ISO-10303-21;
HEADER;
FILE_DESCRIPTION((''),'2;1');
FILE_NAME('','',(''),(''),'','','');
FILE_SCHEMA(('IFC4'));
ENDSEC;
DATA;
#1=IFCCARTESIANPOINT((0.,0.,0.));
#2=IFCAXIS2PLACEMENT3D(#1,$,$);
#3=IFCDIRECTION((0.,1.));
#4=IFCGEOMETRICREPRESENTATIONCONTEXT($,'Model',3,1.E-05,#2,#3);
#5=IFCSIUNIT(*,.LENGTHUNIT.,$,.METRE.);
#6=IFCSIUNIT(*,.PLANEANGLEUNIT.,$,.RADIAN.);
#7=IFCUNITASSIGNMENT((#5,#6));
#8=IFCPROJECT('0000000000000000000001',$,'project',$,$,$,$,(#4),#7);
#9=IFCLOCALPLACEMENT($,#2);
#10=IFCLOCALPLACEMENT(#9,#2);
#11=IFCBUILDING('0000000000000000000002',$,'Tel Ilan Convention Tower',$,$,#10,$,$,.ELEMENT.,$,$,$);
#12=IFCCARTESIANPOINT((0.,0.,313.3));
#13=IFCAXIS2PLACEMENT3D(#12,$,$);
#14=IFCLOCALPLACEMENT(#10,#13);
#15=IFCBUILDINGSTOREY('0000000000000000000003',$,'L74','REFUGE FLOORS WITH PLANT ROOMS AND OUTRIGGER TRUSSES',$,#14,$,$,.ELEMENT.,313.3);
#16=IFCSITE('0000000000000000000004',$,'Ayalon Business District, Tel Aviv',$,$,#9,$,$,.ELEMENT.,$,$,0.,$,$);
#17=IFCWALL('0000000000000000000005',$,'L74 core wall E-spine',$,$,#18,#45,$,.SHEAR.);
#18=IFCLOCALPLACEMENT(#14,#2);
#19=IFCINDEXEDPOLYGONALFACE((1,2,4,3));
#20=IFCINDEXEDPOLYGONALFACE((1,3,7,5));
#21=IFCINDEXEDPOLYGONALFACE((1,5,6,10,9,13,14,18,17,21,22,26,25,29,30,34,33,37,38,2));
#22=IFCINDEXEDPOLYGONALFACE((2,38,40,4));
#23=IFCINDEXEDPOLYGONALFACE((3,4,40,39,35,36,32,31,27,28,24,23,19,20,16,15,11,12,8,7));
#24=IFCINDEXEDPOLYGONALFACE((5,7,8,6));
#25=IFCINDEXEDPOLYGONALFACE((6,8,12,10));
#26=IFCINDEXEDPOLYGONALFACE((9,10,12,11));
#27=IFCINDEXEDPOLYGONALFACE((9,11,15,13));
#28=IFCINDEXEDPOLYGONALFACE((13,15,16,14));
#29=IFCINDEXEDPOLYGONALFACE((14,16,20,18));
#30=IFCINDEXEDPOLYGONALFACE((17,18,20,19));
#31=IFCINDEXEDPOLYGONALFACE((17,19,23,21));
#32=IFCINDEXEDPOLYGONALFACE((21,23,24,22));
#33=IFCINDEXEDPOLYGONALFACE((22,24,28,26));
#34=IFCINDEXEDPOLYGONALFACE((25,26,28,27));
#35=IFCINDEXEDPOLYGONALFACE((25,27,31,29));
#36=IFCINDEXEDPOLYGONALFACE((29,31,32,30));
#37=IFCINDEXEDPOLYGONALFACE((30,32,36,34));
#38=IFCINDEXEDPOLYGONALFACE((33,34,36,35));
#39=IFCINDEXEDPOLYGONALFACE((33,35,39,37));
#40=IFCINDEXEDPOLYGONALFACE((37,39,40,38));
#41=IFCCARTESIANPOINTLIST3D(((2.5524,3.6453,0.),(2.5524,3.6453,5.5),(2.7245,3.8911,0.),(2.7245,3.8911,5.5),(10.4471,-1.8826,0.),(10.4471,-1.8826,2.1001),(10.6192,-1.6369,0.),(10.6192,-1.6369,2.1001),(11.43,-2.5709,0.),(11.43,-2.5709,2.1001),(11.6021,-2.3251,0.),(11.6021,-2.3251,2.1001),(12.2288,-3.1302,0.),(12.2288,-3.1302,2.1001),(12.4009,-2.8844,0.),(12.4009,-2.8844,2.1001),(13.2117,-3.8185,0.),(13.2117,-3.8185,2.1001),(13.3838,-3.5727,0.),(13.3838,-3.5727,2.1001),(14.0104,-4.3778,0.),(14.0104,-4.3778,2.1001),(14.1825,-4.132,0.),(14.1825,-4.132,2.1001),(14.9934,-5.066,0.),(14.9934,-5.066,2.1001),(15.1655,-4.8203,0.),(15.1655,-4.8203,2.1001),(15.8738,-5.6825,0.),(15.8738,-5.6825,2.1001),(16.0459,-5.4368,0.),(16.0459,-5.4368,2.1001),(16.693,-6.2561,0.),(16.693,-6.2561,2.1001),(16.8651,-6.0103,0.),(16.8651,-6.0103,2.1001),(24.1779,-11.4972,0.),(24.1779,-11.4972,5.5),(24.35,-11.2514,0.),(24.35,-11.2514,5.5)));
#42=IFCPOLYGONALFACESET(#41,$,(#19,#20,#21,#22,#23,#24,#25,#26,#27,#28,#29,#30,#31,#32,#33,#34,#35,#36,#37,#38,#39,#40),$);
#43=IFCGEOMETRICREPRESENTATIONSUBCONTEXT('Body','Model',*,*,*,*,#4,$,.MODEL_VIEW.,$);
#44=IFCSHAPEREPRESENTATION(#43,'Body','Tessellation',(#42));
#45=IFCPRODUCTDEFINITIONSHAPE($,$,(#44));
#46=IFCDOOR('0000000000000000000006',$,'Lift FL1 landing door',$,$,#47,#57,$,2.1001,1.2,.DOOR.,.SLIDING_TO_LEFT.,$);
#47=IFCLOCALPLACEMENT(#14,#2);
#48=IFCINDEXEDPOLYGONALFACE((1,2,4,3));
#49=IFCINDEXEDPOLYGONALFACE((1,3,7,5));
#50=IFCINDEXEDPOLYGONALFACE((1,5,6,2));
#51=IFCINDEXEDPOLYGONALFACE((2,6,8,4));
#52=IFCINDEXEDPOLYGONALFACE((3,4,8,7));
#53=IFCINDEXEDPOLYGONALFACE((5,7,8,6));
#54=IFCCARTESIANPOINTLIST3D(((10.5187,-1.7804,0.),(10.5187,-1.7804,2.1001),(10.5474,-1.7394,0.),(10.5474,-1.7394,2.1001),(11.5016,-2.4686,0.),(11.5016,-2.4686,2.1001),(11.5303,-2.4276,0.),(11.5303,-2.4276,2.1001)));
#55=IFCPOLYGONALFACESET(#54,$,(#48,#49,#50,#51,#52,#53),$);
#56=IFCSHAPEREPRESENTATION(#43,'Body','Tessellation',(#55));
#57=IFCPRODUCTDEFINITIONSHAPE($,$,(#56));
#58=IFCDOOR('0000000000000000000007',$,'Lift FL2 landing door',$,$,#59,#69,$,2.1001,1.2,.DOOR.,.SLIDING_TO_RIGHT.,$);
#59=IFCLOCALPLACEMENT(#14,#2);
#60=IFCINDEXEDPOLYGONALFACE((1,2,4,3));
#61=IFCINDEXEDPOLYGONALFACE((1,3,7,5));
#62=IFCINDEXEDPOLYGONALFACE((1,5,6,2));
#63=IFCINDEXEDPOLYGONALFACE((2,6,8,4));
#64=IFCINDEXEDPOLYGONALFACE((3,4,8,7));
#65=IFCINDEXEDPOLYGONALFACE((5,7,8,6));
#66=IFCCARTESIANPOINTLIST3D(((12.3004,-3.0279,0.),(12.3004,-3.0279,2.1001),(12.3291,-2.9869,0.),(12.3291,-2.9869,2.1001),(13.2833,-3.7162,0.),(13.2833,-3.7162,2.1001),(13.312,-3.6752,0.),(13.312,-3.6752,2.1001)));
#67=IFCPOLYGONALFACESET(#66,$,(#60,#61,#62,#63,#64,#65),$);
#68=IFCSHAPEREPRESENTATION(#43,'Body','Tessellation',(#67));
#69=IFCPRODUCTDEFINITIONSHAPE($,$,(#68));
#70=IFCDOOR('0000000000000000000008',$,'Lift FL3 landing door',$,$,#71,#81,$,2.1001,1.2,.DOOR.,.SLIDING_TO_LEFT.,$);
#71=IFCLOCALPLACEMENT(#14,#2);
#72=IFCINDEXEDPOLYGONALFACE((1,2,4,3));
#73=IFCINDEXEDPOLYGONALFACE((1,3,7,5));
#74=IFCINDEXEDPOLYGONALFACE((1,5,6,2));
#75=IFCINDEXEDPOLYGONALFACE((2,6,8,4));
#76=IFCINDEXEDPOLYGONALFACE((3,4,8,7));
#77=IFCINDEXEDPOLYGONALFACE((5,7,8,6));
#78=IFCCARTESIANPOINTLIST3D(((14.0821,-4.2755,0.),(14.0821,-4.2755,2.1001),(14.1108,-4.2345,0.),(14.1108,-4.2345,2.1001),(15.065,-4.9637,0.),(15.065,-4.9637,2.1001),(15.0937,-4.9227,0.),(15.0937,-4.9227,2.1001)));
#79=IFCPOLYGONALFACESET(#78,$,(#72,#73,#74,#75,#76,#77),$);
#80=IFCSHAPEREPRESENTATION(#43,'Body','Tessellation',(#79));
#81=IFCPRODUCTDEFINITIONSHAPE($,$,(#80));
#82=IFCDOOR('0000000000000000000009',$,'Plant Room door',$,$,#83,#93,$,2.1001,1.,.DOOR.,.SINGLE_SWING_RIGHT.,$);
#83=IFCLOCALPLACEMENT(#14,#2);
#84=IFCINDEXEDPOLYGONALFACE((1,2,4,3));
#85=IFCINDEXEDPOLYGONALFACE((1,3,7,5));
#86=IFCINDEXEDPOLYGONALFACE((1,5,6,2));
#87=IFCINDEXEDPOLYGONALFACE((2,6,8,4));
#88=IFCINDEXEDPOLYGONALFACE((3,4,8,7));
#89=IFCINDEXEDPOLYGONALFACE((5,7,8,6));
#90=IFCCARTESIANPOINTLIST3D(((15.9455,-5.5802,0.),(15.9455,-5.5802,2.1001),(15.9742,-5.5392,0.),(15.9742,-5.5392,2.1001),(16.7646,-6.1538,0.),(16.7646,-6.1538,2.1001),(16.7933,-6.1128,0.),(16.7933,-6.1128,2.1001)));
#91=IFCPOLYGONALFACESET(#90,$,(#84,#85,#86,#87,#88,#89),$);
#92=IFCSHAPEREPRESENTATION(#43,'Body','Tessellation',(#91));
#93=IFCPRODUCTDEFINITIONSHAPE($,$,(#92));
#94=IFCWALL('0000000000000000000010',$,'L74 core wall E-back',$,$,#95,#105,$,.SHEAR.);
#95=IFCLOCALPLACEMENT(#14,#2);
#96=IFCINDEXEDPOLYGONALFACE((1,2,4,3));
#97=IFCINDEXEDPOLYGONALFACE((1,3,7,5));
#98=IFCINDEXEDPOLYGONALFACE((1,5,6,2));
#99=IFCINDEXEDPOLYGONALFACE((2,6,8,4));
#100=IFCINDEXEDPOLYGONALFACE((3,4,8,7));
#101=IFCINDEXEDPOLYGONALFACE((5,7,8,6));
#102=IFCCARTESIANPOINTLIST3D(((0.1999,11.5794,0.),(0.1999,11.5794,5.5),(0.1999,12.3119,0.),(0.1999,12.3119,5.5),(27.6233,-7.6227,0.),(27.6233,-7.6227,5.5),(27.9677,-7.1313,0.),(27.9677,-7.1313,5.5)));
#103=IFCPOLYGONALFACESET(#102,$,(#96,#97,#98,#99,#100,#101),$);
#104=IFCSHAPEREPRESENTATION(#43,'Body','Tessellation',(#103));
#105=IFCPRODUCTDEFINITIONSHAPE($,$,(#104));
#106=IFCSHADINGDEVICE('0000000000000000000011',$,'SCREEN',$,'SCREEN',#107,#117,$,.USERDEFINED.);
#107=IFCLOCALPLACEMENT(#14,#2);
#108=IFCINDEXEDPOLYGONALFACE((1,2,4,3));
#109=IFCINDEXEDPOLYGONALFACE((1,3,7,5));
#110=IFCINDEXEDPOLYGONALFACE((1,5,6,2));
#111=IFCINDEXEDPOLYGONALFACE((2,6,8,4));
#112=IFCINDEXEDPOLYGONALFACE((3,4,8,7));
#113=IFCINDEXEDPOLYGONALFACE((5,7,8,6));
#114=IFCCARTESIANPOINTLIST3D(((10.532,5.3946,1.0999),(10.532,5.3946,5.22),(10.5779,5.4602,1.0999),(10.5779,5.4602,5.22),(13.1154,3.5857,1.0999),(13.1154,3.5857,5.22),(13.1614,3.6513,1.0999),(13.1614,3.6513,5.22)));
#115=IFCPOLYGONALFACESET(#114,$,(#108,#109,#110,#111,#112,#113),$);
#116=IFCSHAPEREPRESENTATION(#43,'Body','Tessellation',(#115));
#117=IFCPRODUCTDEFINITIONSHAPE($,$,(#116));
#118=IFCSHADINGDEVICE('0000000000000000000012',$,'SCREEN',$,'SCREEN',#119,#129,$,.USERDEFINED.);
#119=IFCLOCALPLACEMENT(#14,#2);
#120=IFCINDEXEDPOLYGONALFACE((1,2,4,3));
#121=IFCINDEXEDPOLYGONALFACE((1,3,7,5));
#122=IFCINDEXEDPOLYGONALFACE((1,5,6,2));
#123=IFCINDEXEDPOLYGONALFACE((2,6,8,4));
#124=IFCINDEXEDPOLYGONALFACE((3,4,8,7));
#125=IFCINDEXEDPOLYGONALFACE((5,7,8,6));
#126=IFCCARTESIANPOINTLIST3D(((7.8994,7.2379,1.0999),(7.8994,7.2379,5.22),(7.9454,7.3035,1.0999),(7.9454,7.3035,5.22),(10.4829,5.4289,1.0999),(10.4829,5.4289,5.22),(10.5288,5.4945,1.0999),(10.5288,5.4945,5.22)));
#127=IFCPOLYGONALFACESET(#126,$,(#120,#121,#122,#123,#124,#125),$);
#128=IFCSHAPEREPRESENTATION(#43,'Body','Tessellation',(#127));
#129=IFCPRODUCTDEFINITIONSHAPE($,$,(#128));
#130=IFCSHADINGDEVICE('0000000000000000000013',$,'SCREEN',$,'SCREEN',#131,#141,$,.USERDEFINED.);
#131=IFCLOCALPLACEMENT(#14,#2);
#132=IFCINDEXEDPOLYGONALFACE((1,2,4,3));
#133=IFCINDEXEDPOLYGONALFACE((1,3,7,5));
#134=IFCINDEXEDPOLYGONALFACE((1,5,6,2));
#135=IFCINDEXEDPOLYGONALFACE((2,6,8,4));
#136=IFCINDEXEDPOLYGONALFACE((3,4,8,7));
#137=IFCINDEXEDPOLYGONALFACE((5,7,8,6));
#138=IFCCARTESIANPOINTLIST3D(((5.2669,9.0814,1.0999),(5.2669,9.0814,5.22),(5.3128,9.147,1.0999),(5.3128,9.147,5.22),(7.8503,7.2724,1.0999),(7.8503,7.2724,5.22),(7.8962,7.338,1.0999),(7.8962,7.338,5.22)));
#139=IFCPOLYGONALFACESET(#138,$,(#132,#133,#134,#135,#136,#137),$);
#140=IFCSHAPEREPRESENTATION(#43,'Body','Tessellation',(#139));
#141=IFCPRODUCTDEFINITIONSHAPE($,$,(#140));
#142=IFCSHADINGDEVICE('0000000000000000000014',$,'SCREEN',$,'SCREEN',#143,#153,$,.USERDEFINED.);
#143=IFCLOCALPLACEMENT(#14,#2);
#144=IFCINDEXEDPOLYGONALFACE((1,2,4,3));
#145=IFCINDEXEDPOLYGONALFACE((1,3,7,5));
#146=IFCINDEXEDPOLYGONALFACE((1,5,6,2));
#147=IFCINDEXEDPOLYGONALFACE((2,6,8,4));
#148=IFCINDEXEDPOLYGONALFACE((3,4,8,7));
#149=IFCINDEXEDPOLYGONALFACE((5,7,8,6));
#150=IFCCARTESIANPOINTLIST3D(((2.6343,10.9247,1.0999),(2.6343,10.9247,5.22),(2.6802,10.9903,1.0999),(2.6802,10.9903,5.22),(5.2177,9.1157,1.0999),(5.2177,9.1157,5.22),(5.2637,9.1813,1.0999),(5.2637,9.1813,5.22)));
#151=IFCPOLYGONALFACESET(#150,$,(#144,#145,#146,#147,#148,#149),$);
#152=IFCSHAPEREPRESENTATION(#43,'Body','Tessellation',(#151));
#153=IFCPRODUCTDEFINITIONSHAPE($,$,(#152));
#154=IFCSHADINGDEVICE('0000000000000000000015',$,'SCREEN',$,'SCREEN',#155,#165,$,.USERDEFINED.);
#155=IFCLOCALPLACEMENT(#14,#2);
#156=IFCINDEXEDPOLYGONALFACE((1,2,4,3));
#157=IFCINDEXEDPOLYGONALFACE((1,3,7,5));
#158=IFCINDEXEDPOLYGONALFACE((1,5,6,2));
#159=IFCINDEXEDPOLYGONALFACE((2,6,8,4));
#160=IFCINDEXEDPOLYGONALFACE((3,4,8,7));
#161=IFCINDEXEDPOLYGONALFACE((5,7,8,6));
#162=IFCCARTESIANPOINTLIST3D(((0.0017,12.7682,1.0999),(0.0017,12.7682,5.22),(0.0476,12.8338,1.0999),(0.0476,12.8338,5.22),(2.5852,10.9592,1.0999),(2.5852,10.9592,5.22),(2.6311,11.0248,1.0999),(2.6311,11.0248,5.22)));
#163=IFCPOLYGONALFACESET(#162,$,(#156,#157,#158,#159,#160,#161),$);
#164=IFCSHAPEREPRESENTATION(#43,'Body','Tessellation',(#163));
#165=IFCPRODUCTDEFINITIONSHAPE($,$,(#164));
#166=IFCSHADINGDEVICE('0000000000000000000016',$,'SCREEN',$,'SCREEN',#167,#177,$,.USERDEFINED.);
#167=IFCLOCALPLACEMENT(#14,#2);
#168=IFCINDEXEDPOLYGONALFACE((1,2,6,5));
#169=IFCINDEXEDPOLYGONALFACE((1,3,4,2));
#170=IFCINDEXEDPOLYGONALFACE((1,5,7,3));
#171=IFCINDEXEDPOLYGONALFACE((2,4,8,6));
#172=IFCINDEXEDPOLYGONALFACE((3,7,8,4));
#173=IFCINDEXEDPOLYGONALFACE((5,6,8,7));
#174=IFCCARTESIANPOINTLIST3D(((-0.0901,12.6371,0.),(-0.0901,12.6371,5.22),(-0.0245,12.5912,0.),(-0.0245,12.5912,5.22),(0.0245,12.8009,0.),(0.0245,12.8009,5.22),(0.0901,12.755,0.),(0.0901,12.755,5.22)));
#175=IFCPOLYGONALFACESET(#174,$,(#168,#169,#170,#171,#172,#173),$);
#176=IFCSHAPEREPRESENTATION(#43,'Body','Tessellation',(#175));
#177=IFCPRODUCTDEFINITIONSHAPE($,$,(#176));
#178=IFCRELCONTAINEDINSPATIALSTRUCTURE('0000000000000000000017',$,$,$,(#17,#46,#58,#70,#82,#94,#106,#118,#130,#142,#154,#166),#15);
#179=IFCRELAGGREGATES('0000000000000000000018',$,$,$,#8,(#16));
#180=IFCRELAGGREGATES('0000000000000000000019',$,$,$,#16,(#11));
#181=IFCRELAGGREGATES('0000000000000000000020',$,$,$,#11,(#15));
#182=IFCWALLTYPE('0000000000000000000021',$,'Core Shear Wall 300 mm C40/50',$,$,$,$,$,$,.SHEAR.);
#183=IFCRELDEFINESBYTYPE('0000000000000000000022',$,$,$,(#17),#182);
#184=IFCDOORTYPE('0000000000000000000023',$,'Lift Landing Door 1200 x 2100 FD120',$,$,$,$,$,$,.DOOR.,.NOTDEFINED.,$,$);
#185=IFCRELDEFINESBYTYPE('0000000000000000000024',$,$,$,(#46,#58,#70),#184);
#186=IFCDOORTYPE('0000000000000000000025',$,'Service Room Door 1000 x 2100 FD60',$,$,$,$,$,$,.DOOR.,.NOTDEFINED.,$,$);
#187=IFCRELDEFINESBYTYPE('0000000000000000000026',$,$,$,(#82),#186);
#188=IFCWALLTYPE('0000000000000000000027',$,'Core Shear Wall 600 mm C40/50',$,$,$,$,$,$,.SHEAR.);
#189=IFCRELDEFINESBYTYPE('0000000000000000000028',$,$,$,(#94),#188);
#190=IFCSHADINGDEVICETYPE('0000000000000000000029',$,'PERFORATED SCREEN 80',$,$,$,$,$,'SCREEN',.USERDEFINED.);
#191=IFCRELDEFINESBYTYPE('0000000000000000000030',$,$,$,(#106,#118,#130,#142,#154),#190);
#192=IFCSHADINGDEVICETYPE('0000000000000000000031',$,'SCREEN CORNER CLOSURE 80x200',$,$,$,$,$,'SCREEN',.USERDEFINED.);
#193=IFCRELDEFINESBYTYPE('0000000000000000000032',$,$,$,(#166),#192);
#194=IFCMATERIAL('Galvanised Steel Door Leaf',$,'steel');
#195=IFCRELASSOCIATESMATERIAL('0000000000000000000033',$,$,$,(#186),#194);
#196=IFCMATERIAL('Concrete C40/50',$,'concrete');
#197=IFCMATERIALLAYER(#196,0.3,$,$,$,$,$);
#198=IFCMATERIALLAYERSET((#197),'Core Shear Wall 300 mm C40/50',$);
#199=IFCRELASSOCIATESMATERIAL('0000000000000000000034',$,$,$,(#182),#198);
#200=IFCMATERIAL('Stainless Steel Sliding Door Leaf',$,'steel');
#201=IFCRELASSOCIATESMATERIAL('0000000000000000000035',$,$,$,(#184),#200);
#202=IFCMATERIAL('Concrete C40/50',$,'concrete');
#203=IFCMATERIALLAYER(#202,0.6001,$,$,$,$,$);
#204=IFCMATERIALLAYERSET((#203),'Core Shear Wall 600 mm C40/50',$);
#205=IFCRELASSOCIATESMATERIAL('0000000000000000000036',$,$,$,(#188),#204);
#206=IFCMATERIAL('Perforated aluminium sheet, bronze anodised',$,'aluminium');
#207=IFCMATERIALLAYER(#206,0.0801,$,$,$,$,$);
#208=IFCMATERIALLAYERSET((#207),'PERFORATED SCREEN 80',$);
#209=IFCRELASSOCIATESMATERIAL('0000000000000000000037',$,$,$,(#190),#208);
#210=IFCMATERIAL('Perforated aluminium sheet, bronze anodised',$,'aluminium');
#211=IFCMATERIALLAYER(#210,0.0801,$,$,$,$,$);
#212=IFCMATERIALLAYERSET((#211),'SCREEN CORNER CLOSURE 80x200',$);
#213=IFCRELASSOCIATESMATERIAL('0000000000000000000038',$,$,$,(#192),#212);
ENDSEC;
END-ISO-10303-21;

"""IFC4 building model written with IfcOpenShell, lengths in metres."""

from ifc_helpers import new_model, si_unit, direction, frame, frame_2d, origin, origin_2d, place, context, subcontext, project, spatial, polyline, rectangle, outline, extrude, material, layer, layer_set, type_object, element, fill, save


model = new_model("IFC4")

# Units and contexts
model_context = context("Model", 3, precision=1e-05, world=origin(), true_north=direction((0.0, 1.0)))
body_context = subcontext(model_context, "Body", "Model", "MODEL_VIEW")
ifc_project = project(units=[si_unit("LENGTHUNIT", "METRE"), si_unit("PLANEANGLEUNIT", "RADIAN")], contexts=[model_context])

# Site, building, storey
site_placement = place(None, origin())
site = spatial("IfcSite", under=ifc_project, at=site_placement, Name="Ayalon Business District, Tel Aviv", CompositionType="ELEMENT", RefElevation=0.0)
building_placement = place(site_placement, origin())
building = spatial("IfcBuilding", under=site, at=building_placement, Name="Tel Ilan Convention Tower", CompositionType="ELEMENT")
storey_placement = place(building_placement, frame((0.0, 0.0, 313.3)))
storey = spatial("IfcBuildingStorey", under=building, at=storey_placement, Name="L74", Description="REFUGE FLOORS WITH PLANT ROOMS AND OUTRIGGER TRUSSES", CompositionType="ELEMENT", Elevation=313.3)

# Shared definitions
ifc_material_1 = material(Name="Galvanised Steel Door Leaf", Category="steel")
door_type_1 = type_object("IfcDoorType", Name="Service Room Door 1000 x 2100 FD60", OperationType="NOTDEFINED", PredefinedType="DOOR", material=ifc_material_1)

# Wall, openings, doors
ifc_material_2 = material(Name="Concrete C40/50", Category="concrete")
ifc_layer_1 = layer(ifc_material_2, 0.3)
ifc_layer_set_1 = layer_set([ifc_layer_1], Name="Core Shear Wall 300 mm C40/50")
wall_type_1 = type_object("IfcWallType", Name="Core Shear Wall 300 mm C40/50", PredefinedType="SHEAR", material=ifc_layer_set_1)
wall_1_placement = place(storey_placement, frame((2.6384, 3.7681, 0.0), z_axis=(0.0, 0.0, 1.0), x_axis=(0.819155, -0.573572, 0.0)))
wall_1 = element("IfcWall", 1, at=wall_1_placement, inside=storey, type_object=wall_type_1, Name="L74 core wall E-spine", PredefinedType="SHEAR", context=body_context, shape_type="SweptSolid", body=[
    extrude(outline(polyline([(0.0, 0.1501), (0.0, -0.1499), (26.3999, -0.1501), (26.3999, 0.1499), (0.0, 0.1501)])), origin(), (0.0, 0.0, 1.0), 5.5),
])
opening_1_placement = place(wall_1_placement, frame((9.6375, 0.0, 0.0)))
opening_1 = element("IfcOpeningElement", 2, at=opening_1_placement, cuts=wall_1, PredefinedType="OPENING", context=body_context, shape_type="SweptSolid", body=[
    extrude(rectangle(XDim=1.2, YDim=2.1001, at=frame_2d((0.6001, 1.05))), frame((0.0, 0.1599, 0.0), z_axis=(0.0, -1.0, 0.0), x_axis=(1.0, 0.0, 0.0)), (0.0, 0.0, 1.0), 0.3201),
])
opening_2_placement = place(wall_1_placement, frame((11.8125, 0.0, 0.0)))
opening_2 = element("IfcOpeningElement", 3, at=opening_2_placement, cuts=wall_1, PredefinedType="OPENING", context=body_context, shape_type="SweptSolid", body=[
    extrude(rectangle(XDim=1.2, YDim=2.1001, at=frame_2d((0.6001, 1.05))), frame((0.0, 0.1599, 0.0), z_axis=(0.0, -1.0, 0.0), x_axis=(1.0, 0.0, 0.0)), (0.0, 0.0, 1.0), 0.3201),
])
opening_3_placement = place(wall_1_placement, frame((13.9875, 0.0, 0.0)))
opening_3 = element("IfcOpeningElement", 4, at=opening_3_placement, cuts=wall_1, PredefinedType="OPENING", context=body_context, shape_type="SweptSolid", body=[
    extrude(rectangle(XDim=1.2, YDim=2.1001, at=frame_2d((0.6001, 1.05))), frame((0.0, 0.1599, 0.0), z_axis=(0.0, -1.0, 0.0), x_axis=(1.0, 0.0, 0.0)), (0.0, 0.0, 1.0), 0.3201),
])
opening_4_placement = place(wall_1_placement, frame((16.2625, 0.0, 0.0)))
opening_4 = element("IfcOpeningElement", 5, at=opening_4_placement, cuts=wall_1, PredefinedType="OPENING", context=body_context, shape_type="SweptSolid", body=[
    extrude(rectangle(XDim=1.0, YDim=2.1001, at=frame_2d((0.5, 1.05))), frame((0.0, 0.1599, 0.0), z_axis=(0.0, -1.0, 0.0), x_axis=(1.0, 0.0, 0.0)), (0.0, 0.0, 1.0), 0.3201),
])
ifc_material_3 = material(Name="Stainless Steel Sliding Door Leaf", Category="steel")
door_type_2 = type_object("IfcDoorType", Name="Lift Landing Door 1200 x 2100 FD120", OperationType="NOTDEFINED", PredefinedType="DOOR", material=ifc_material_3)
door_1_placement = place(opening_1_placement, origin())
door_1 = element("IfcDoor", 6, at=door_1_placement, inside=storey, type_object=door_type_2, Name="Lift FL1 landing door", OperationType="SLIDING_TO_LEFT", OverallHeight=2.1001, OverallWidth=1.2, PredefinedType="DOOR", context=body_context, shape_type="SweptSolid", body=[
    extrude(rectangle(XDim=1.2, YDim=2.1001, at=frame_2d((0.6001, 1.05))), frame((0.0, 0.0249, 0.0), z_axis=(0.0, -1.0, 0.0), x_axis=(1.0, 0.0, 0.0)), (0.0, 0.0, 1.0), 0.05),
])
fill(opening_1, door_1)
door_2_placement = place(opening_2_placement, origin())
door_2 = element("IfcDoor", 7, at=door_2_placement, inside=storey, type_object=door_type_2, Name="Lift FL2 landing door", OperationType="SLIDING_TO_RIGHT", OverallHeight=2.1001, OverallWidth=1.2, PredefinedType="DOOR", context=body_context, shape_type="SweptSolid", body=[
    extrude(rectangle(XDim=1.2, YDim=2.1001, at=frame_2d((0.6001, 1.05))), frame((0.0, 0.0249, 0.0), z_axis=(0.0, -1.0, 0.0), x_axis=(1.0, 0.0, 0.0)), (0.0, 0.0, 1.0), 0.05),
])
fill(opening_2, door_2)
door_3_placement = place(opening_3_placement, origin())
door_3 = element("IfcDoor", 8, at=door_3_placement, inside=storey, type_object=door_type_2, Name="Lift FL3 landing door", OperationType="SLIDING_TO_LEFT", OverallHeight=2.1001, OverallWidth=1.2, PredefinedType="DOOR", context=body_context, shape_type="SweptSolid", body=[
    extrude(rectangle(XDim=1.2, YDim=2.1001, at=frame_2d((0.6001, 1.05))), frame((0.0, 0.0249, 0.0), z_axis=(0.0, -1.0, 0.0), x_axis=(1.0, 0.0, 0.0)), (0.0, 0.0, 1.0), 0.05),
])
fill(opening_3, door_3)
door_4_placement = place(opening_4_placement, origin())
door_4 = element("IfcDoor", 9, at=door_4_placement, inside=storey, type_object=door_type_1, Name="Plant Room door", OperationType="SINGLE_SWING_RIGHT", OverallHeight=2.1001, OverallWidth=1.0, PredefinedType="DOOR", context=body_context, shape_type="SweptSolid", body=[
    extrude(rectangle(XDim=1.0, YDim=2.1001, at=frame_2d((0.5, 1.05))), frame((0.0, 0.0249, 0.0), z_axis=(0.0, -1.0, 0.0), x_axis=(1.0, 0.0, 0.0)), (0.0, 0.0, 1.0), 0.05),
])
fill(opening_4, door_4)

# Wall
ifc_material_4 = material(Name="Concrete C40/50", Category="concrete")
ifc_layer_2 = layer(ifc_material_4, 0.6001)
ifc_layer_set_2 = layer_set([ifc_layer_2], Name="Core Shear Wall 600 mm C40/50")
wall_type_2 = type_object("IfcWallType", Name="Core Shear Wall 600 mm C40/50", PredefinedType="SHEAR", material=ifc_layer_set_2)
wall_2_placement = place(storey_placement, frame((0.0278, 12.0662, 0.0), z_axis=(0.0, 0.0, 1.0), x_axis=(0.819151, -0.573577, 0.0)))
element("IfcWall", 10, at=wall_2_placement, inside=storey, type_object=wall_type_2, Name="L74 core wall E-back", PredefinedType="SHEAR", context=body_context, shape_type="SweptSolid", body=[
    extrude(outline(polyline([(33.8982, 0.3), (0.0, 0.3), (0.4202, -0.3), (33.8979, -0.3), (33.8982, 0.3)])), origin(), (0.0, 0.0, 1.0), 5.5),
])

# Shading devices
ifc_material_5 = material(Name="Perforated aluminium sheet, bronze anodised", Category="aluminium")
ifc_layer_3 = layer(ifc_material_5, 0.0801)
ifc_layer_set_3 = layer_set([ifc_layer_3], Name="PERFORATED SCREEN 80")
shading_device_type_1 = type_object("IfcShadingDeviceType", Name="PERFORATED SCREEN 80", ElementType="SCREEN", PredefinedType="USERDEFINED", material=ifc_layer_set_3)
for number, where, z_axis, x_axis, name in (
    (11, (11.8467, 4.5229, 1.0999), (0.0, 0.0, 1.0), (-0.819152, 0.573576, 0.0), "SCREEN"),
    (12, (9.2141, 6.3662, 1.0999), (0.0, 0.0, 1.0), (-0.819152, 0.573576, 0.0), "SCREEN"),
    (13, (6.5815, 8.2097, 1.0999), (0.0, 0.0, 1.0), (-0.819152, 0.573576, 0.0), "SCREEN"),
    (14, (3.949, 10.053, 1.0999), (0.0, 0.0, 1.0), (-0.819152, 0.573576, 0.0), "SCREEN"),
    (15, (1.3164, 11.8965, 1.0999), (0.0, 0.0, 1.0), (-0.819152, 0.573576, 0.0), "SCREEN"),
):
    element("IfcShadingDevice", number, at=place(storey_placement, frame(where, z_axis=z_axis, x_axis=x_axis)), inside=storey, type_object=shading_device_type_1, Name=name, ObjectType="SCREEN", PredefinedType="USERDEFINED", context=body_context, shape_type="SweptSolid", body=[
        extrude(rectangle(XDim=3.1538, YDim=0.0801, at=origin_2d()), origin(), (0.0, 0.0, 1.0), 4.1201),
    ])

# Shading device
ifc_material_6 = material(Name="Perforated aluminium sheet, bronze anodised", Category="aluminium")
ifc_layer_4 = layer(ifc_material_6, 0.0801)
ifc_layer_set_4 = layer_set([ifc_layer_4], Name="SCREEN CORNER CLOSURE 80x200")
shading_device_type_2 = type_object("IfcShadingDeviceType", Name="SCREEN CORNER CLOSURE 80x200", ElementType="SCREEN", PredefinedType="USERDEFINED", material=ifc_layer_set_4)
shading_device_placement = place(storey_placement, frame((0.0, 12.696, 0.0), z_axis=(0.0, 0.0, 1.0), x_axis=(-0.819152, 0.573576, 0.0)))
element("IfcShadingDevice", 16, at=shading_device_placement, inside=storey, type_object=shading_device_type_2, Name="SCREEN", ObjectType="SCREEN", PredefinedType="USERDEFINED", context=body_context, shape_type="SweptSolid", body=[
    extrude(rectangle(XDim=0.0801, YDim=0.2, at=origin_2d()), origin(), (0.0, 0.0, 1.0), 5.22),
])

save(model, "model.ifc")
